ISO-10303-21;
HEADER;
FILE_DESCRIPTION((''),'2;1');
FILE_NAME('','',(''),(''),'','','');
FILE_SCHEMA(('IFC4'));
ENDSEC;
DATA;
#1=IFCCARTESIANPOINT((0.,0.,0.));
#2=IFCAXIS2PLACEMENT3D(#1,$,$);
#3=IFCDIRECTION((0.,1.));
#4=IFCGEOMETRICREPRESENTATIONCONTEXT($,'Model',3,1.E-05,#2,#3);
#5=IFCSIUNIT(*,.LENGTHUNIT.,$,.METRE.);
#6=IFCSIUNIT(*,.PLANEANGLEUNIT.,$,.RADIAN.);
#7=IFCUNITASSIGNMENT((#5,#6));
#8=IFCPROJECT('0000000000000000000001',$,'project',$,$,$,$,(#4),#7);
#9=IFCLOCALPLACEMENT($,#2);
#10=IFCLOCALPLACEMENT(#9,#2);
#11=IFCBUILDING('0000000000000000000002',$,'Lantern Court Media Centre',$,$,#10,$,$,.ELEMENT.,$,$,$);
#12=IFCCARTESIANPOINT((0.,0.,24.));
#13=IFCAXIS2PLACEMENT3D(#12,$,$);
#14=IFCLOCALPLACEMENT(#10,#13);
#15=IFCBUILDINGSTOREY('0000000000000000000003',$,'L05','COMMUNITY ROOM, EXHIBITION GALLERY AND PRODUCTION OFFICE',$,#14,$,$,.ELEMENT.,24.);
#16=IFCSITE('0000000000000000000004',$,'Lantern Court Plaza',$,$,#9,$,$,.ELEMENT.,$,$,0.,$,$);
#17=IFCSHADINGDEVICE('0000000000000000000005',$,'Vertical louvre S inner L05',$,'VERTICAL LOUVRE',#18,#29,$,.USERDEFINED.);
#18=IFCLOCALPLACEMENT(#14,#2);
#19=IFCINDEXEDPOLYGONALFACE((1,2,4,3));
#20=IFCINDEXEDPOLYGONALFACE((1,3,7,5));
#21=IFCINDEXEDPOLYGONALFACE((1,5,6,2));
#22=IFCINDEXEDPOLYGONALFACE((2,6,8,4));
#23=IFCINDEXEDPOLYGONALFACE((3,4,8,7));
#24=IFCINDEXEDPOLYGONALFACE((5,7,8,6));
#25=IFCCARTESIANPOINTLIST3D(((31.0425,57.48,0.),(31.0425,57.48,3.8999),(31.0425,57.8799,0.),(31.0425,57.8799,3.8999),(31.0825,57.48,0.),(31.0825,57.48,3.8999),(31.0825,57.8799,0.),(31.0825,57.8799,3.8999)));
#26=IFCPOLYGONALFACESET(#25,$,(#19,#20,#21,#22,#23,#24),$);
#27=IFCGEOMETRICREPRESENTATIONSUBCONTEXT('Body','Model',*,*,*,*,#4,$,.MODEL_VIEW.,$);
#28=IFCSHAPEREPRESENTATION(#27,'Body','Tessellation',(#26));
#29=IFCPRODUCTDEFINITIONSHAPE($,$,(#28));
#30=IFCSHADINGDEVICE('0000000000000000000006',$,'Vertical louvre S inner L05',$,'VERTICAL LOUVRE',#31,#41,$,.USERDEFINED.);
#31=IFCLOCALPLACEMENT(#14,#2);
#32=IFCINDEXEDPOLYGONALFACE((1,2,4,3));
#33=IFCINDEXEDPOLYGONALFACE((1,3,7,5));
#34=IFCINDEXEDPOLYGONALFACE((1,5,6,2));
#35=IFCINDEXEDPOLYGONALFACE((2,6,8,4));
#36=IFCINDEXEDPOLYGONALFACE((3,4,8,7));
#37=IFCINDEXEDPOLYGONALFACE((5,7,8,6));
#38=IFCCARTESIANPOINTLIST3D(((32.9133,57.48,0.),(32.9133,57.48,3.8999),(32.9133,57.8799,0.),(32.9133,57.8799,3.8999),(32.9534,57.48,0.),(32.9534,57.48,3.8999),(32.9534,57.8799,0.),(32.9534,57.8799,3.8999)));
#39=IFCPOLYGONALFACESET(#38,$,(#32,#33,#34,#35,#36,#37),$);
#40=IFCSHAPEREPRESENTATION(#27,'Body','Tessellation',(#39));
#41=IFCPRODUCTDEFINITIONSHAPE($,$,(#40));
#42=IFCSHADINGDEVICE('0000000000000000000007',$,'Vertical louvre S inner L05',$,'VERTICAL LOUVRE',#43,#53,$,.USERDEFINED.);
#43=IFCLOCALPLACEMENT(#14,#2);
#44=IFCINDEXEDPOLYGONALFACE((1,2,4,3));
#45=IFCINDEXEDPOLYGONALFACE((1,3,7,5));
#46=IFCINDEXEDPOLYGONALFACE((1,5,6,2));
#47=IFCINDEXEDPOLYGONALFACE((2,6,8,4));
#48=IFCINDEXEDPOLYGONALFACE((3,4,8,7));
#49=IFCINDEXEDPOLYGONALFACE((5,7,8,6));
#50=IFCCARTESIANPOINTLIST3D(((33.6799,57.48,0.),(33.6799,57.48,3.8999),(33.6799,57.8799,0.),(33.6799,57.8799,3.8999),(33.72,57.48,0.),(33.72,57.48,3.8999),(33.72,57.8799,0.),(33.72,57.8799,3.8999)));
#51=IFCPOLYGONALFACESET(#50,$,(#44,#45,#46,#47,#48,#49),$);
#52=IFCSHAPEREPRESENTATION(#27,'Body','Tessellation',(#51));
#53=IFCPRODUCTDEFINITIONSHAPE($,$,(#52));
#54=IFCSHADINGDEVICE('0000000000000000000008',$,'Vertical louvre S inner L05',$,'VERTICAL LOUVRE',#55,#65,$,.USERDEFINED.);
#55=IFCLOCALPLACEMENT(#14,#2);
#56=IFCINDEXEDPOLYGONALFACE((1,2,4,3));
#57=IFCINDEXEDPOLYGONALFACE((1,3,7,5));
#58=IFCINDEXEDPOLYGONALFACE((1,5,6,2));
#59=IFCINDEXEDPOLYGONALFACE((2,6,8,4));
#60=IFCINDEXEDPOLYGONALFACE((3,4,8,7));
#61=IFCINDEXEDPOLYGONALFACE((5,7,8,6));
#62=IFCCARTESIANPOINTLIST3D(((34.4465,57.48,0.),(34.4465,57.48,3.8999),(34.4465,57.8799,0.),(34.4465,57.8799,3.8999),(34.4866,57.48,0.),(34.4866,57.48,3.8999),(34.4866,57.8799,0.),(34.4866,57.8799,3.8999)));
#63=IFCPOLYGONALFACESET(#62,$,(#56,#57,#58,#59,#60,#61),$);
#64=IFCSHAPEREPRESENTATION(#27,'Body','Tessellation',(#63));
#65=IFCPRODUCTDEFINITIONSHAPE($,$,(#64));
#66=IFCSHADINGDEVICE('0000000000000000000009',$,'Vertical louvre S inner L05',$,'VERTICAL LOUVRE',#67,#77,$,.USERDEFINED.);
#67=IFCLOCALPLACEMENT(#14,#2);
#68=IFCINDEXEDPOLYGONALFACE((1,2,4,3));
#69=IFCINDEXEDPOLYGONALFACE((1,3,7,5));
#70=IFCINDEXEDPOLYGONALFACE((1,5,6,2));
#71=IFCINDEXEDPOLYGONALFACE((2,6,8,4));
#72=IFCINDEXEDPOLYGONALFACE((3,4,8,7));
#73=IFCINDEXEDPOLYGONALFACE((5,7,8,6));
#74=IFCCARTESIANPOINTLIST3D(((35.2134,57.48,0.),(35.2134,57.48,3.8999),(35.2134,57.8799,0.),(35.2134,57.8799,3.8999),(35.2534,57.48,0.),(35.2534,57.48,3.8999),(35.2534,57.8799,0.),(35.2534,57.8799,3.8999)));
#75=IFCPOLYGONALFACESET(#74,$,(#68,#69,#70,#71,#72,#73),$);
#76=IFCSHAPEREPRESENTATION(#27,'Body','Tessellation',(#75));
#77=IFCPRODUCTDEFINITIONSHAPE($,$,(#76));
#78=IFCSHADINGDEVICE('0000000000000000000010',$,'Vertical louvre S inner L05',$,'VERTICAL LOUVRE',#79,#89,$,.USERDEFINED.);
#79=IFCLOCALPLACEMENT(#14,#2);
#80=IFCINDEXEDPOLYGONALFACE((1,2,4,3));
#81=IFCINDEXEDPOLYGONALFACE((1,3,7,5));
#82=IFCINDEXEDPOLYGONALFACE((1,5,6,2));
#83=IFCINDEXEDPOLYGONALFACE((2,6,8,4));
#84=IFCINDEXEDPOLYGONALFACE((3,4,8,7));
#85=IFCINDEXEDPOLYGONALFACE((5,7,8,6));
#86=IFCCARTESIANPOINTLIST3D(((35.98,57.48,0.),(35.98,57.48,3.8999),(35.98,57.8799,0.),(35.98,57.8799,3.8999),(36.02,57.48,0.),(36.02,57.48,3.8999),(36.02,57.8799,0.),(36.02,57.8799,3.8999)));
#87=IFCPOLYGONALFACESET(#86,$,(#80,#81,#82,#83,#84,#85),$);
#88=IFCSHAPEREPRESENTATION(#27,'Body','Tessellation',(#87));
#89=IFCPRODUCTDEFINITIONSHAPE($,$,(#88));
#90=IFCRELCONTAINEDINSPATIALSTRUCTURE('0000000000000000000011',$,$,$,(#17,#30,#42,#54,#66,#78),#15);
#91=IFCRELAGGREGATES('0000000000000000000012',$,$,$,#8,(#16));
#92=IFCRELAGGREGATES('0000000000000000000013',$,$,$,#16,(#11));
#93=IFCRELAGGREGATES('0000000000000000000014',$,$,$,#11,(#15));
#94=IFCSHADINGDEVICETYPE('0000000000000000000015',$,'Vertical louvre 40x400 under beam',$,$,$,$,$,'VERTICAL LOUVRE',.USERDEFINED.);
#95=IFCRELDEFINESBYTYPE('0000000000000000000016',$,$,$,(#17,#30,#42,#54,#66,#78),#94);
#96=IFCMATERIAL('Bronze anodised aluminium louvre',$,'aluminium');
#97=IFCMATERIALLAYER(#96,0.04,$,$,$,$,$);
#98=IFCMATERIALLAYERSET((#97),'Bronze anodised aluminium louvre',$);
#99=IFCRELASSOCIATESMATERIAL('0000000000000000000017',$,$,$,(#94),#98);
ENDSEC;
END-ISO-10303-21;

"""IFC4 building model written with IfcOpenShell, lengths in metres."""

from ifc_helpers import new_model, si_unit, direction, frame, origin, origin_2d, place, context, subcontext, project, spatial, rectangle, extrude, material, layer, layer_set, type_object, element, save


model = new_model("IFC4")

# Units and contexts
model_context = context("Model", 3, precision=1e-05, world=origin(), true_north=direction((0.0, 1.0)))
body_context = subcontext(model_context, "Body", "Model", "MODEL_VIEW")
ifc_project = project(units=[si_unit("LENGTHUNIT", "METRE"), si_unit("PLANEANGLEUNIT", "RADIAN")], contexts=[model_context])

# Site, building, storey
site_placement = place(None, origin())
site = spatial("IfcSite", under=ifc_project, at=site_placement, Name="Lantern Court Plaza", CompositionType="ELEMENT", RefElevation=0.0)
building_placement = place(site_placement, origin())
building = spatial("IfcBuilding", under=site, at=building_placement, Name="Lantern Court Media Centre", CompositionType="ELEMENT")
storey_placement = place(building_placement, frame((0.0, 0.0, 24.0)))
storey = spatial("IfcBuildingStorey", under=building, at=storey_placement, Name="L05", Description="COMMUNITY ROOM, EXHIBITION GALLERY AND PRODUCTION OFFICE", CompositionType="ELEMENT", Elevation=24.0)

# Shading devices
ifc_material_1 = material(Name="Bronze anodised aluminium louvre", Category="aluminium")
ifc_layer_1 = layer(ifc_material_1, 0.04)
ifc_layer_set_1 = layer_set([ifc_layer_1], Name="Bronze anodised aluminium louvre")
shading_device_type = type_object("IfcShadingDeviceType", Name="Vertical louvre 40x400 under beam", ElementType="VERTICAL LOUVRE", PredefinedType="USERDEFINED", material=ifc_layer_set_1)
for number, where, z_axis, x_axis, name in (
    (1, (31.0625, 57.6799, 0.0), (0.0, 0.0, 1.0), (1.0, 0.0, 0.0), "Vertical louvre S inner L05"),
    (2, (32.9333, 57.6799, 0.0), (0.0, 0.0, 1.0), (1.0, 0.0, 0.0), "Vertical louvre S inner L05"),
    (3, (33.7, 57.6799, 0.0), (0.0, 0.0, 1.0), (1.0, 0.0, 0.0), "Vertical louvre S inner L05"),
    (4, (34.4666, 57.6799, 0.0), (0.0, 0.0, 1.0), (1.0, 0.0, 0.0), "Vertical louvre S inner L05"),
    (5, (35.2334, 57.6799, 0.0), (0.0, 0.0, 1.0), (1.0, 0.0, 0.0), "Vertical louvre S inner L05"),
    (6, (36.0, 57.6799, 0.0), (0.0, 0.0, 1.0), (1.0, 0.0, 0.0), "Vertical louvre S inner L05"),
):
    element("IfcShadingDevice", number, at=place(storey_placement, frame(where, z_axis=z_axis, x_axis=x_axis)), inside=storey, type_object=shading_device_type, Name=name, ObjectType="VERTICAL LOUVRE", PredefinedType="USERDEFINED", context=body_context, shape_type="SweptSolid", body=[
        extrude(rectangle(XDim=0.04, YDim=0.3999, at=origin_2d()), origin(), (0.0, 0.0, 1.0), 3.8999),
    ])

save(model, "model.ifc")
